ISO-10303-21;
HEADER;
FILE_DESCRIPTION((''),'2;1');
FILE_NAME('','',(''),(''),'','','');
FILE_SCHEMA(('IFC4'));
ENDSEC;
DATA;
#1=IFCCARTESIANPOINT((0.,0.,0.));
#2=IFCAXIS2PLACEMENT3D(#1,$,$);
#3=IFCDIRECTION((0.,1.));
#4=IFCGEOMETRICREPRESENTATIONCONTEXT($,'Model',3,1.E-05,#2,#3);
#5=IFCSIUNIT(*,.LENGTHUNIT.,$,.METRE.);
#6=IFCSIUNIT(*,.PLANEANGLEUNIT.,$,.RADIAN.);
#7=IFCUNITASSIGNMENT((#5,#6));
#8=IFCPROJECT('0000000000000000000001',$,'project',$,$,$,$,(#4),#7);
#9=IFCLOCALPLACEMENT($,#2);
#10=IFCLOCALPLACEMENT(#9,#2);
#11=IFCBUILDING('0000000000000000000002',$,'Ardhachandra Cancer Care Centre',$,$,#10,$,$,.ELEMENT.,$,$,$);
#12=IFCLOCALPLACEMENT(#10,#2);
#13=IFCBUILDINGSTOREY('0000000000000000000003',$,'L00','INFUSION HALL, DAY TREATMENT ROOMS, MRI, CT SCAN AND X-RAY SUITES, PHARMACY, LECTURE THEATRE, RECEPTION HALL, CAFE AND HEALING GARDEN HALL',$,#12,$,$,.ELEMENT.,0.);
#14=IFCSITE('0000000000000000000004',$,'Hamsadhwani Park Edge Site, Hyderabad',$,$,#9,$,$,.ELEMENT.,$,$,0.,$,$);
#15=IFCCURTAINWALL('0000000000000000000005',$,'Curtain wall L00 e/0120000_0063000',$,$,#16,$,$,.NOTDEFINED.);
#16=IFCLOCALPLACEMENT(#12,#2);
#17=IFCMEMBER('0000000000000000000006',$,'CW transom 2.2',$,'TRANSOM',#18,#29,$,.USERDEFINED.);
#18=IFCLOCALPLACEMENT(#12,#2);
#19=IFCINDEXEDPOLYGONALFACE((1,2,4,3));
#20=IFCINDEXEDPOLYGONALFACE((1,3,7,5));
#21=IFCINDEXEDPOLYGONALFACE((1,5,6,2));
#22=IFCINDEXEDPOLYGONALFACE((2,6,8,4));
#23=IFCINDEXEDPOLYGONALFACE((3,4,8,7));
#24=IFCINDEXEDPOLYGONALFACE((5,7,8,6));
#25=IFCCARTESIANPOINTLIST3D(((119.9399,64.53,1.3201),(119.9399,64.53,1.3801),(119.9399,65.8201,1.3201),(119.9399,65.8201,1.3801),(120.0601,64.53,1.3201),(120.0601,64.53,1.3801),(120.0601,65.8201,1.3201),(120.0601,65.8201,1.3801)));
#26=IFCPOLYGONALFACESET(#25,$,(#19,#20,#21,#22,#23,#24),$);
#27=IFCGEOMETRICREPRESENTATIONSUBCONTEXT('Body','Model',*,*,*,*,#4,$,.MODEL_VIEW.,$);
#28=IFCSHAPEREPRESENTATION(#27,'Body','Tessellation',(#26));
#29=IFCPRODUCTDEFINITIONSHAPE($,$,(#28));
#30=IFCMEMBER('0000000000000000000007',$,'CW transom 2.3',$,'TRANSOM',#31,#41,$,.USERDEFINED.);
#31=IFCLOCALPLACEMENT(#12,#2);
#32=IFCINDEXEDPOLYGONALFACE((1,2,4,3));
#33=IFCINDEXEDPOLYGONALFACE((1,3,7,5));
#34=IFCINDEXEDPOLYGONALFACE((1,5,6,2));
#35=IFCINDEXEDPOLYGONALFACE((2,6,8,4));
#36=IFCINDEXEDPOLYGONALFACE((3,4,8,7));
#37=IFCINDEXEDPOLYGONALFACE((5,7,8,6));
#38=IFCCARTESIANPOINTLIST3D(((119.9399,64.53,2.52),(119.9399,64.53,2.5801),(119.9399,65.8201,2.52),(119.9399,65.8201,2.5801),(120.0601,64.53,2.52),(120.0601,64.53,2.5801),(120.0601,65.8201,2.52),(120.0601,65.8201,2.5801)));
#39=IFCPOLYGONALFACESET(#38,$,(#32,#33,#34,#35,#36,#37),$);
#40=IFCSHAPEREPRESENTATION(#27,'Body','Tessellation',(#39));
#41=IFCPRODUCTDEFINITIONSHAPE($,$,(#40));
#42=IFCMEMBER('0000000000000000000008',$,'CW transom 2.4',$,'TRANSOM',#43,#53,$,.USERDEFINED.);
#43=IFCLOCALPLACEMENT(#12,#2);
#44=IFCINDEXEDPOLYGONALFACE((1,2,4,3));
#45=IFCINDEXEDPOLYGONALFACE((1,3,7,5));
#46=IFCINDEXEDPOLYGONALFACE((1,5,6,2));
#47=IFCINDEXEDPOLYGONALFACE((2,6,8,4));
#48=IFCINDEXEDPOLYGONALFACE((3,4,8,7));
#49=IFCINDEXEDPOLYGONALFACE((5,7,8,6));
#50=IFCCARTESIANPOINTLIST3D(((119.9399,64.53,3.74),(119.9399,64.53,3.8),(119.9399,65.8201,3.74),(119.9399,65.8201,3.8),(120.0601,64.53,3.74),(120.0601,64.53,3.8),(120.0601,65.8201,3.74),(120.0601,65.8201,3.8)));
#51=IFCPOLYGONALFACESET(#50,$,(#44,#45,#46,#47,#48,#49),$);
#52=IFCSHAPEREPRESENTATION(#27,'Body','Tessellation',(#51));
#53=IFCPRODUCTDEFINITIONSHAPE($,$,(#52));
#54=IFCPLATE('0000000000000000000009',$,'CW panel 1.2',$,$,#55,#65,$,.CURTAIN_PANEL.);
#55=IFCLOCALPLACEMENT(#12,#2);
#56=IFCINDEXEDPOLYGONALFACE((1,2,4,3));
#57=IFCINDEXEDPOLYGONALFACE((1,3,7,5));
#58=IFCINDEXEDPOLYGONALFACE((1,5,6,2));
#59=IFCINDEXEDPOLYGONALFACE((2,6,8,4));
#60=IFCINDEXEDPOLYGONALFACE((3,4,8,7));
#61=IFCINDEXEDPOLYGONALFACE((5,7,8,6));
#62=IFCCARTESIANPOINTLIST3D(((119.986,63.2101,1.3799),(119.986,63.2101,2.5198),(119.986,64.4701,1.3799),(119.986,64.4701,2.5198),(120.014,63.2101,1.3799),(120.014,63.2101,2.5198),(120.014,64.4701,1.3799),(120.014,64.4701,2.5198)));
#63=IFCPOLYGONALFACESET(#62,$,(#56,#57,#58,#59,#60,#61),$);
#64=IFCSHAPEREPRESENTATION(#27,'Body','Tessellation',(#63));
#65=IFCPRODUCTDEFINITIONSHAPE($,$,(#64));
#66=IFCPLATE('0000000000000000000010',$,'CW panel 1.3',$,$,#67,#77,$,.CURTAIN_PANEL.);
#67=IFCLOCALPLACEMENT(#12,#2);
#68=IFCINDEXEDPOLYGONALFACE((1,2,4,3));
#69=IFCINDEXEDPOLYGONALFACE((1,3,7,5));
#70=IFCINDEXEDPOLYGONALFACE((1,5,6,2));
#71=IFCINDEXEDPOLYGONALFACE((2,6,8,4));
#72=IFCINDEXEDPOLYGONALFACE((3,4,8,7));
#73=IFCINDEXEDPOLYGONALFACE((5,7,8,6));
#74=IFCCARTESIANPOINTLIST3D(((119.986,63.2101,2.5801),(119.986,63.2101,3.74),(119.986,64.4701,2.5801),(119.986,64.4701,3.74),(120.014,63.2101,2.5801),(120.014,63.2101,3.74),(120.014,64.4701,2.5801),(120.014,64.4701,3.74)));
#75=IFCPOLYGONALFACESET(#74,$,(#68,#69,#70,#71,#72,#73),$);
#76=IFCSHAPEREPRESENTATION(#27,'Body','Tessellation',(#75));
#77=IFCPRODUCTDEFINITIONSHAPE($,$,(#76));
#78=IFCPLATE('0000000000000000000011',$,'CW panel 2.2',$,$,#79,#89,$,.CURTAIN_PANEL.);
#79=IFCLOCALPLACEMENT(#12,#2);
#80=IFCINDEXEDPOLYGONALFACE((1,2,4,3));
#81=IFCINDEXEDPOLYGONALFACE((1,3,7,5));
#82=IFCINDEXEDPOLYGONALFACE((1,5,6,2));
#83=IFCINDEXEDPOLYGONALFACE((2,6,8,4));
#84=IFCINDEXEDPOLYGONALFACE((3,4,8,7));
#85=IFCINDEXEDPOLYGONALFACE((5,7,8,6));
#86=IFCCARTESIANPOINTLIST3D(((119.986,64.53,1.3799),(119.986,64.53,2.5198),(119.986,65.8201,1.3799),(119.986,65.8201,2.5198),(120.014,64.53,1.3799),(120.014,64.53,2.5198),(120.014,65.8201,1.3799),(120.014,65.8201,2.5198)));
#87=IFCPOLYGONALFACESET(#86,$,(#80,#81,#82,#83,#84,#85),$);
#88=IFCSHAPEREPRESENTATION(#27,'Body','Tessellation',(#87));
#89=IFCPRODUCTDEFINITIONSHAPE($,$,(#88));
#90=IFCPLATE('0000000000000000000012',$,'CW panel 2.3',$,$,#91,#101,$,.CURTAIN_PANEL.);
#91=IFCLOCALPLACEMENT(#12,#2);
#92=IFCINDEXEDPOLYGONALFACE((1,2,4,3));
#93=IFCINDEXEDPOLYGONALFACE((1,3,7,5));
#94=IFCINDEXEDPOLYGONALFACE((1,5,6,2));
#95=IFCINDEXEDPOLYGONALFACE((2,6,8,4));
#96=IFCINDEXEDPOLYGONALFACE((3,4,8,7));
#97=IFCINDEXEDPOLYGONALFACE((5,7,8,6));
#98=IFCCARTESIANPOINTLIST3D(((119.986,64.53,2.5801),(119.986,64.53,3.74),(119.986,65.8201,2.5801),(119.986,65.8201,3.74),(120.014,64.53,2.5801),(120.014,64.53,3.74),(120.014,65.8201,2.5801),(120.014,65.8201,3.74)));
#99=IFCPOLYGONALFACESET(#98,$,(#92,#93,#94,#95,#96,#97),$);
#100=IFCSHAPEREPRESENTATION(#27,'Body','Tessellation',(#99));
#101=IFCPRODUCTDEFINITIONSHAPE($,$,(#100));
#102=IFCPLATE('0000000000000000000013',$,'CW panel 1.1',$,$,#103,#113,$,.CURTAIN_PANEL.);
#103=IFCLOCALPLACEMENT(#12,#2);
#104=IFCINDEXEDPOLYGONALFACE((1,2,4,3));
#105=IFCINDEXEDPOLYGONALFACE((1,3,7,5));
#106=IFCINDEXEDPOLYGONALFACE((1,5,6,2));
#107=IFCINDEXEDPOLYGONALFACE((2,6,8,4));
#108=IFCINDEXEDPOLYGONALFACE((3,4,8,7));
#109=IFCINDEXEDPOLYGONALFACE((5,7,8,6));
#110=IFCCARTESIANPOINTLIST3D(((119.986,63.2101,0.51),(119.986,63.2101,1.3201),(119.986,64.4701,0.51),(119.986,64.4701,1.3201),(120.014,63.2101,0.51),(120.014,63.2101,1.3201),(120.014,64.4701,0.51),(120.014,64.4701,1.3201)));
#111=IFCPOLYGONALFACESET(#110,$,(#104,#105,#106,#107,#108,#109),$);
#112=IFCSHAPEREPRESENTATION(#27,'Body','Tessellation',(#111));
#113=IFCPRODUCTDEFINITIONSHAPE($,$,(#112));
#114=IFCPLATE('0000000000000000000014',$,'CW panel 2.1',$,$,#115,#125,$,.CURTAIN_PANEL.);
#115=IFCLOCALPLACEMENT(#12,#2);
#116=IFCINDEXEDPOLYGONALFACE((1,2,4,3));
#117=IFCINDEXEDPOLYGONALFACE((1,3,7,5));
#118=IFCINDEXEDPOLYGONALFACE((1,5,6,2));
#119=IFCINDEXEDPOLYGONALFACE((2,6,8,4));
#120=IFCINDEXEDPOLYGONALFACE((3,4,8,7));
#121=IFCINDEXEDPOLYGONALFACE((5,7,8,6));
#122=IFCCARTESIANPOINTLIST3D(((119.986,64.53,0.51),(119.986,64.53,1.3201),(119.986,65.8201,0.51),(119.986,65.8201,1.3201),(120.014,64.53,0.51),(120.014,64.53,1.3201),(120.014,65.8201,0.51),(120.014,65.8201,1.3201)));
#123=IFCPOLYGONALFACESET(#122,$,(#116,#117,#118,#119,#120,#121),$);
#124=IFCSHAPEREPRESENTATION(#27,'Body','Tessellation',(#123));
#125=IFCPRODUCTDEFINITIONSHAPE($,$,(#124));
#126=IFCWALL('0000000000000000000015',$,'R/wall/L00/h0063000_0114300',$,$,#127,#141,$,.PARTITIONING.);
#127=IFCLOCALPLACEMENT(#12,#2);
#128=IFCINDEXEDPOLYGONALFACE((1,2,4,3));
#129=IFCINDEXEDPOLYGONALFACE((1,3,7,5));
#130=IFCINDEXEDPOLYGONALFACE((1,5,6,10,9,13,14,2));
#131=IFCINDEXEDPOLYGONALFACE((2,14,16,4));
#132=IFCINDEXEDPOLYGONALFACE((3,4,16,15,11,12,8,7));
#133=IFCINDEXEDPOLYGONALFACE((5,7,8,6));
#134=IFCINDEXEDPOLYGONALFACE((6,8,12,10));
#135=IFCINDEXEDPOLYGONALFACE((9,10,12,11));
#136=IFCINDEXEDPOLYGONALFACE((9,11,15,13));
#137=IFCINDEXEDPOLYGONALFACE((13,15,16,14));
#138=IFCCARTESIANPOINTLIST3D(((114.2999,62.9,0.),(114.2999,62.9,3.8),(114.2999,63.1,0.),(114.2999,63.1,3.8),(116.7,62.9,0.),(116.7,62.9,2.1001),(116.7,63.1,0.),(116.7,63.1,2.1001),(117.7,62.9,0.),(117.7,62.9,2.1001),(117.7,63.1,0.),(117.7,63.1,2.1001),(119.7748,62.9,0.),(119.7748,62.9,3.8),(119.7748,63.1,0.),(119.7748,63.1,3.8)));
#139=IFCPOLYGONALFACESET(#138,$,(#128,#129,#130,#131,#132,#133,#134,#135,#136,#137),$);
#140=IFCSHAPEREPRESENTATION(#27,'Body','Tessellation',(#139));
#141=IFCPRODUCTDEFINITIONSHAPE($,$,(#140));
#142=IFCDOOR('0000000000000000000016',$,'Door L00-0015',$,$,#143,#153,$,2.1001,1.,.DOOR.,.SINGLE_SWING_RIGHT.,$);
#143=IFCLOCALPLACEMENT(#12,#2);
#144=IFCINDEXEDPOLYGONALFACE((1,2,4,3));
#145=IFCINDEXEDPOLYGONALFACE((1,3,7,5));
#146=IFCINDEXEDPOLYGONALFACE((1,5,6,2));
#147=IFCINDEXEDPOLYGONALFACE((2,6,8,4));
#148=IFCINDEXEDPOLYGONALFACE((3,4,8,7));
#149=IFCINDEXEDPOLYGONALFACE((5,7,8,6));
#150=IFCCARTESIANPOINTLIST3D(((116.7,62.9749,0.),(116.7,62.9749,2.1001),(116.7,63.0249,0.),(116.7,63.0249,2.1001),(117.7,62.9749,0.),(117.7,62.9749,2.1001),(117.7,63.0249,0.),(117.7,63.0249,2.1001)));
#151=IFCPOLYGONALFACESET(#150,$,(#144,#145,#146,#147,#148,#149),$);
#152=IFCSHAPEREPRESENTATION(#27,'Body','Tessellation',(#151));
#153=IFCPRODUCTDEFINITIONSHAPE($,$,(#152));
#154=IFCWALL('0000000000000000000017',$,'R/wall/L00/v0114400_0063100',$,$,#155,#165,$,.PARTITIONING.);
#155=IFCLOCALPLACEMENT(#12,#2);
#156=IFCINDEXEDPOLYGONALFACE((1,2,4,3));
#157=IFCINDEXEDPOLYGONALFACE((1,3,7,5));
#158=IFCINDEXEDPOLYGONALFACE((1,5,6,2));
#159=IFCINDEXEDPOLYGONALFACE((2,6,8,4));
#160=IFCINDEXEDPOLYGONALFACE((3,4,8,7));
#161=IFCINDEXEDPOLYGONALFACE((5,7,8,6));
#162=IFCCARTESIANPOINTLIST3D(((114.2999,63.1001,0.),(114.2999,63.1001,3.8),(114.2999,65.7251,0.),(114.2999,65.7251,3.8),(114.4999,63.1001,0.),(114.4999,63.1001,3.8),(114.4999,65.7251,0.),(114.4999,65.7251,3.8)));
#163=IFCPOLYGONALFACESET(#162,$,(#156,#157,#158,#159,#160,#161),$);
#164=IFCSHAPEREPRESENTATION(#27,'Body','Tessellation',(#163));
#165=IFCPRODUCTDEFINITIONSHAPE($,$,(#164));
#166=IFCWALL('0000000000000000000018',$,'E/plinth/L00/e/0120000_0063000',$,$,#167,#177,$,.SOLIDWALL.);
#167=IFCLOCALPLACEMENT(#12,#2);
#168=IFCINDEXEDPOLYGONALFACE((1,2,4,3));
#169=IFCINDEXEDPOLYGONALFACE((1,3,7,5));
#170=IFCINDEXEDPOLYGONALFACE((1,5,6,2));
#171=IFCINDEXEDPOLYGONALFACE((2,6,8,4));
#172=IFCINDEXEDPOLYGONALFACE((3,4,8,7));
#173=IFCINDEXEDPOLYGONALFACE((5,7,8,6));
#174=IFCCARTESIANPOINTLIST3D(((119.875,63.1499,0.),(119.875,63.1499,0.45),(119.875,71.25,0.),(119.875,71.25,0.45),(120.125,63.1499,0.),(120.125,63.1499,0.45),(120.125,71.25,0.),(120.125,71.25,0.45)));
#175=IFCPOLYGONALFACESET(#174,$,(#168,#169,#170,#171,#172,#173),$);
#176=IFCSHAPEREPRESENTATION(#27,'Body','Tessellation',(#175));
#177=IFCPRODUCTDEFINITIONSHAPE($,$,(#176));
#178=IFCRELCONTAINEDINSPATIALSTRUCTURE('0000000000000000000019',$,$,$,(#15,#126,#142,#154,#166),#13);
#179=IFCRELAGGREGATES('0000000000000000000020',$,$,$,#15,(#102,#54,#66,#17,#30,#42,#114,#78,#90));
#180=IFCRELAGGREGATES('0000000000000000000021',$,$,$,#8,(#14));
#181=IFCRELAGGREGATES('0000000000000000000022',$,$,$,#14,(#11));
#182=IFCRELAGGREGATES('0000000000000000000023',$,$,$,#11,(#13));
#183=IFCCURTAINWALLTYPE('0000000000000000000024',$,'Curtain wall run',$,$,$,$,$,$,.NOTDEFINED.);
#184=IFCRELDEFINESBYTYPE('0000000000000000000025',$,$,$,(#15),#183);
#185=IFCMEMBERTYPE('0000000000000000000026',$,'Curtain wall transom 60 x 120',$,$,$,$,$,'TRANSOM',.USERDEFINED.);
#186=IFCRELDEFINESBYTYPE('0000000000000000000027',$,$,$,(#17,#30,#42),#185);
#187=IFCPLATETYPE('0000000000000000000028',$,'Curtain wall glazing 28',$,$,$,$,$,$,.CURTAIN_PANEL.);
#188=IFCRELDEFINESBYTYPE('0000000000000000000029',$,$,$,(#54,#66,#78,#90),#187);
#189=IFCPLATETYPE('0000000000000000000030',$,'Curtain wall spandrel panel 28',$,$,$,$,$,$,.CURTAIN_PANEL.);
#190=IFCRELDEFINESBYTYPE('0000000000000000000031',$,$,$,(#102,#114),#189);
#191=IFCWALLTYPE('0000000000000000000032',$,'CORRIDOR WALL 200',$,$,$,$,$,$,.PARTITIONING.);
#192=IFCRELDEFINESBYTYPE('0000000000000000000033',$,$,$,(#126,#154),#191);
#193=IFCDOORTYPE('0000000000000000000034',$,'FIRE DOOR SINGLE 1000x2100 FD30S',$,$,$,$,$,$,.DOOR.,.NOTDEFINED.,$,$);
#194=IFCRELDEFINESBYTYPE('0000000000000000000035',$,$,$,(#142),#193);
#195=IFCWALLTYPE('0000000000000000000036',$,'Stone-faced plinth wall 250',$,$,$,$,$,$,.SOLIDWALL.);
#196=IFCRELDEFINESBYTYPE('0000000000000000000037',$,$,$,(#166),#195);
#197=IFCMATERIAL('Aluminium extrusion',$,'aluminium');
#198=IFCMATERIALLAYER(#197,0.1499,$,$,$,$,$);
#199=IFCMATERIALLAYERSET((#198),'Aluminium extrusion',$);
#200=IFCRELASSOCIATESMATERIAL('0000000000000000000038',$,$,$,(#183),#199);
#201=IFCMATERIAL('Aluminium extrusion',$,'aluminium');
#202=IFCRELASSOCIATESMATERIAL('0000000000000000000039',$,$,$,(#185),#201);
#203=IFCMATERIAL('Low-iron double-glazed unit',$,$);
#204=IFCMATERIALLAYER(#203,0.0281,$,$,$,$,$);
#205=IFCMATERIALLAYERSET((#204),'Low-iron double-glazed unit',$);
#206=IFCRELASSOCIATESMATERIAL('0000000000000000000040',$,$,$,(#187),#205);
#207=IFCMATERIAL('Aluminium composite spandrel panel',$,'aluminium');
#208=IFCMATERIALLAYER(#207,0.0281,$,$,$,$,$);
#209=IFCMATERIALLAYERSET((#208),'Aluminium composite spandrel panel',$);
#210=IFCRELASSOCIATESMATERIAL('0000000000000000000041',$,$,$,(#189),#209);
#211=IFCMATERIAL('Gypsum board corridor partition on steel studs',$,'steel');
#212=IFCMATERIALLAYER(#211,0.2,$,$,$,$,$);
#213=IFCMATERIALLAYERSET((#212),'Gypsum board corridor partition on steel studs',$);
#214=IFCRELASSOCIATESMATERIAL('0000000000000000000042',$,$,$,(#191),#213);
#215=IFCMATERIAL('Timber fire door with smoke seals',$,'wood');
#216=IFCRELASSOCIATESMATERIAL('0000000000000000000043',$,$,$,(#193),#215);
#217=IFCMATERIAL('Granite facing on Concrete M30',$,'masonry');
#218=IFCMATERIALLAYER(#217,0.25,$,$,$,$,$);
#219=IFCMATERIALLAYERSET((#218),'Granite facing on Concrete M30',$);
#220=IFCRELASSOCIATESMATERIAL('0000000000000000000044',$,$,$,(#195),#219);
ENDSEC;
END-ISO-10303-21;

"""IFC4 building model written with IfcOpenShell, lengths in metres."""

from ifc_helpers import new_model, si_unit, direction, frame, frame_2d, origin, origin_2d, place, context, subcontext, project, spatial, rectangle, extrude, material, layer, layer_set, material_profile, profile_set, type_object, element, fill, aggregate, save


model = new_model("IFC4")

# Units and contexts
model_context = context("Model", 3, precision=1e-05, world=origin(), true_north=direction((0.0, 1.0)))
body_context = subcontext(model_context, "Body", "Model", "MODEL_VIEW")
ifc_project = project(units=[si_unit("LENGTHUNIT", "METRE"), si_unit("PLANEANGLEUNIT", "RADIAN")], contexts=[model_context])

# Site, building, storey
site_placement = place(None, origin())
site = spatial("IfcSite", under=ifc_project, at=site_placement, Name="Hamsadhwani Park Edge Site, Hyderabad", CompositionType="ELEMENT", RefElevation=0.0)
building_placement = place(site_placement, origin())
building = spatial("IfcBuilding", under=site, at=building_placement, Name="Ardhachandra Cancer Care Centre", CompositionType="ELEMENT")
storey_placement = place(building_placement, origin())
storey = spatial("IfcBuildingStorey", under=building, at=storey_placement, Name="L00", Description="INFUSION HALL, DAY TREATMENT ROOMS, MRI, CT SCAN AND X-RAY SUITES, PHARMACY, LECTURE THEATRE, RECEPTION HALL, CAFE AND HEALING GARDEN HALL", CompositionType="ELEMENT", Elevation=0.0)

# Curtain wall, members, plates
ifc_material_1 = material(Name="Aluminium extrusion", Category="aluminium")
ifc_layer_1 = layer(ifc_material_1, 0.1499)
ifc_layer_set_1 = layer_set([ifc_layer_1], Name="Aluminium extrusion")
curtain_wall_type = type_object("IfcCurtainWallType", Name="Curtain wall run", PredefinedType="NOTDEFINED", material=ifc_layer_set_1)
curtain_wall_placement = place(storey_placement, origin())
curtain_wall = element("IfcCurtainWall", 1, at=curtain_wall_placement, inside=storey, type_object=curtain_wall_type, Name="Curtain wall L00 e/0120000_0063000", PredefinedType="NOTDEFINED")
ifc_material_2 = material(Name="Aluminium extrusion", Category="aluminium")
ifc_material_profile_1 = material_profile(ifc_material_2, rectangle(XDim=0.1201, YDim=0.0601, at=origin_2d()), Name="Curtain wall transom 60 x 120")
ifc_profile_set_1 = profile_set([ifc_material_profile_1], Name="Aluminium extrusion")
member_type_1 = type_object("IfcMemberType", Name="Curtain wall transom 60 x 120", ElementType="TRANSOM", PredefinedType="USERDEFINED", material=ifc_profile_set_1)
member_1_placement = place(storey_placement, frame((120.0, 64.53, 1.3501), z_axis=(0.0, 1.0, 0.0), x_axis=(-1.0, 0.0, 0.0)))
member_1 = element("IfcMember", 2, at=member_1_placement, type_object=member_type_1, Name="CW transom 2.2", ObjectType="TRANSOM", PredefinedType="USERDEFINED", context=body_context, shape_type="SweptSolid", body=[
    extrude(rectangle(XDim=0.1201, YDim=0.0601, at=origin_2d()), origin(), (0.0, 0.0, 1.0), 1.29),
])
member_2_placement = place(storey_placement, frame((120.0, 64.53, 2.55), z_axis=(0.0, 1.0, 0.0), x_axis=(-1.0, 0.0, 0.0)))
member_2 = element("IfcMember", 3, at=member_2_placement, type_object=member_type_1, Name="CW transom 2.3", ObjectType="TRANSOM", PredefinedType="USERDEFINED", context=body_context, shape_type="SweptSolid", body=[
    extrude(rectangle(XDim=0.1201, YDim=0.0601, at=origin_2d()), origin(), (0.0, 0.0, 1.0), 1.29),
])
member_3_placement = place(storey_placement, frame((120.0, 64.53, 3.77), z_axis=(0.0, 1.0, 0.0), x_axis=(-1.0, 0.0, 0.0)))
member_3 = element("IfcMember", 4, at=member_3_placement, type_object=member_type_1, Name="CW transom 2.4", ObjectType="TRANSOM", PredefinedType="USERDEFINED", context=body_context, shape_type="SweptSolid", body=[
    extrude(rectangle(XDim=0.1201, YDim=0.0601, at=origin_2d()), origin(), (0.0, 0.0, 1.0), 1.29),
])
ifc_material_3 = material(Name="Low-iron double-glazed unit")
ifc_layer_2 = layer(ifc_material_3, 0.0281)
ifc_layer_set_2 = layer_set([ifc_layer_2], Name="Low-iron double-glazed unit")
plate_type_1 = type_object("IfcPlateType", Name="Curtain wall glazing 28", PredefinedType="CURTAIN_PANEL", material=ifc_layer_set_2)
plate_1_placement = place(storey_placement, frame((120.0, 63.8401, 1.3799), z_axis=(0.0, 0.0, 1.0), x_axis=(0.0, 1.0, 0.0)))
plate_1 = element("IfcPlate", 5, at=plate_1_placement, type_object=plate_type_1, Name="CW panel 1.2", PredefinedType="CURTAIN_PANEL", context=body_context, shape_type="SweptSolid", body=[
    extrude(rectangle(XDim=1.26, YDim=0.0281, at=origin_2d()), origin(), (0.0, 0.0, 1.0), 1.1399),
])
plate_2_placement = place(storey_placement, frame((120.0, 63.8401, 2.5801), z_axis=(0.0, 0.0, 1.0), x_axis=(0.0, 1.0, 0.0)))
plate_2 = element("IfcPlate", 6, at=plate_2_placement, type_object=plate_type_1, Name="CW panel 1.3", PredefinedType="CURTAIN_PANEL", context=body_context, shape_type="SweptSolid", body=[
    extrude(rectangle(XDim=1.26, YDim=0.0281, at=origin_2d()), origin(), (0.0, 0.0, 1.0), 1.1599),
])
plate_3_placement = place(storey_placement, frame((120.0, 65.175, 1.3799), z_axis=(0.0, 0.0, 1.0), x_axis=(0.0, 1.0, 0.0)))
plate_3 = element("IfcPlate", 7, at=plate_3_placement, type_object=plate_type_1, Name="CW panel 2.2", PredefinedType="CURTAIN_PANEL", context=body_context, shape_type="SweptSolid", body=[
    extrude(rectangle(XDim=1.29, YDim=0.0281, at=origin_2d()), origin(), (0.0, 0.0, 1.0), 1.1399),
])
plate_4_placement = place(storey_placement, frame((120.0, 65.175, 2.5801), z_axis=(0.0, 0.0, 1.0), x_axis=(0.0, 1.0, 0.0)))
plate_4 = element("IfcPlate", 8, at=plate_4_placement, type_object=plate_type_1, Name="CW panel 2.3", PredefinedType="CURTAIN_PANEL", context=body_context, shape_type="SweptSolid", body=[
    extrude(rectangle(XDim=1.29, YDim=0.0281, at=origin_2d()), origin(), (0.0, 0.0, 1.0), 1.1599),
])
ifc_material_4 = material(Name="Aluminium composite spandrel panel", Category="aluminium")
ifc_layer_3 = layer(ifc_material_4, 0.0281)
ifc_layer_set_3 = layer_set([ifc_layer_3], Name="Aluminium composite spandrel panel")
plate_type_2 = type_object("IfcPlateType", Name="Curtain wall spandrel panel 28", PredefinedType="CURTAIN_PANEL", material=ifc_layer_set_3)
plate_5_placement = place(storey_placement, frame((120.0, 63.8401, 0.51), z_axis=(0.0, 0.0, 1.0), x_axis=(0.0, 1.0, 0.0)))
plate_5 = element("IfcPlate", 9, at=plate_5_placement, type_object=plate_type_2, Name="CW panel 1.1", PredefinedType="CURTAIN_PANEL", context=body_context, shape_type="SweptSolid", body=[
    extrude(rectangle(XDim=1.26, YDim=0.0281, at=origin_2d()), origin(), (0.0, 0.0, 1.0), 0.8101),
])
plate_6_placement = place(storey_placement, frame((120.0, 65.175, 0.51), z_axis=(0.0, 0.0, 1.0), x_axis=(0.0, 1.0, 0.0)))
plate_6 = element("IfcPlate", 10, at=plate_6_placement, type_object=plate_type_2, Name="CW panel 2.1", PredefinedType="CURTAIN_PANEL", context=body_context, shape_type="SweptSolid", body=[
    extrude(rectangle(XDim=1.29, YDim=0.0281, at=origin_2d()), origin(), (0.0, 0.0, 1.0), 0.8101),
])
aggregate(curtain_wall, [plate_5, plate_1, plate_2, member_1, member_2, member_3, plate_6, plate_3, plate_4])

# Wall, opening, door
ifc_material_5 = material(Name="Gypsum board corridor partition on steel studs", Category="steel")
ifc_layer_4 = layer(ifc_material_5, 0.2)
ifc_layer_set_4 = layer_set([ifc_layer_4], Name="Gypsum board corridor partition on steel studs")
wall_type_1 = type_object("IfcWallType", Name="CORRIDOR WALL 200", PredefinedType="PARTITIONING", material=ifc_layer_set_4)
wall_1_placement = place(storey_placement, frame((114.3, 63.0, 0.0), z_axis=(0.0, 0.0, 1.0), x_axis=(1.0, 0.0, 0.0)))
wall_1 = element("IfcWall", 11, at=wall_1_placement, inside=storey, type_object=wall_type_1, Name="R/wall/L00/h0063000_0114300", PredefinedType="PARTITIONING", context=body_context, shape_type="SweptSolid", body=[
    extrude(rectangle(XDim=5.4749, YDim=0.2, at=frame_2d((2.7373, 0.0))), origin(), (0.0, 0.0, 1.0), 3.8),
])
opening_placement = place(wall_1_placement, frame((2.3999, 0.0, 0.0)))
opening = element("IfcOpeningElement", 12, at=opening_placement, cuts=wall_1, PredefinedType="OPENING", context=body_context, shape_type="SweptSolid", body=[
    extrude(rectangle(XDim=1.0, YDim=2.1001, at=frame_2d((0.5, 1.05))), frame((0.0, 0.1099, 0.0), z_axis=(0.0, -1.0, 0.0), x_axis=(1.0, 0.0, 0.0)), (0.0, 0.0, 1.0), 0.22),
])
ifc_material_6 = material(Name="Timber fire door with smoke seals", Category="wood")
door_type = type_object("IfcDoorType", Name="FIRE DOOR SINGLE 1000x2100 FD30S", OperationType="NOTDEFINED", PredefinedType="DOOR", material=ifc_material_6)
door_placement = place(opening_placement, origin())
door = element("IfcDoor", 13, at=door_placement, inside=storey, type_object=door_type, Name="Door L00-0015", OperationType="SINGLE_SWING_RIGHT", OverallHeight=2.1001, OverallWidth=1.0, PredefinedType="DOOR", context=body_context, shape_type="SweptSolid", body=[
    extrude(rectangle(XDim=1.0, YDim=2.1001, at=frame_2d((0.5, 1.05))), frame((0.0, 0.0249, 0.0), z_axis=(0.0, -1.0, 0.0), x_axis=(1.0, 0.0, 0.0)), (0.0, 0.0, 1.0), 0.05),
])
fill(opening, door)

# Walls
wall_2_placement = place(storey_placement, frame((114.3999, 63.1001, 0.0), z_axis=(0.0, 0.0, 1.0), x_axis=(0.0, 1.0, 0.0)))
element("IfcWall", 14, at=wall_2_placement, inside=storey, type_object=wall_type_1, Name="R/wall/L00/v0114400_0063100", PredefinedType="PARTITIONING", context=body_context, shape_type="SweptSolid", body=[
    extrude(rectangle(XDim=2.625, YDim=0.2, at=frame_2d((1.3125, 0.0))), origin(), (0.0, 0.0, 1.0), 3.8),
])
ifc_material_7 = material(Name="Granite facing on Concrete M30", Category="masonry")
ifc_layer_5 = layer(ifc_material_7, 0.25)
ifc_layer_set_5 = layer_set([ifc_layer_5], Name="Granite facing on Concrete M30")
wall_type_2 = type_object("IfcWallType", Name="Stone-faced plinth wall 250", PredefinedType="SOLIDWALL", material=ifc_layer_set_5)
wall_3_placement = place(storey_placement, frame((120.0, 63.1499, 0.0), z_axis=(0.0, 0.0, 1.0), x_axis=(0.0, 1.0, 0.0)))
element("IfcWall", 15, at=wall_3_placement, inside=storey, type_object=wall_type_2, Name="E/plinth/L00/e/0120000_0063000", PredefinedType="SOLIDWALL", context=body_context, shape_type="SweptSolid", body=[
    extrude(rectangle(XDim=8.1001, YDim=0.25, at=frame_2d((4.05, 0.0))), origin(), (0.0, 0.0, 1.0), 0.45),
])

save(model, "model.ifc")
